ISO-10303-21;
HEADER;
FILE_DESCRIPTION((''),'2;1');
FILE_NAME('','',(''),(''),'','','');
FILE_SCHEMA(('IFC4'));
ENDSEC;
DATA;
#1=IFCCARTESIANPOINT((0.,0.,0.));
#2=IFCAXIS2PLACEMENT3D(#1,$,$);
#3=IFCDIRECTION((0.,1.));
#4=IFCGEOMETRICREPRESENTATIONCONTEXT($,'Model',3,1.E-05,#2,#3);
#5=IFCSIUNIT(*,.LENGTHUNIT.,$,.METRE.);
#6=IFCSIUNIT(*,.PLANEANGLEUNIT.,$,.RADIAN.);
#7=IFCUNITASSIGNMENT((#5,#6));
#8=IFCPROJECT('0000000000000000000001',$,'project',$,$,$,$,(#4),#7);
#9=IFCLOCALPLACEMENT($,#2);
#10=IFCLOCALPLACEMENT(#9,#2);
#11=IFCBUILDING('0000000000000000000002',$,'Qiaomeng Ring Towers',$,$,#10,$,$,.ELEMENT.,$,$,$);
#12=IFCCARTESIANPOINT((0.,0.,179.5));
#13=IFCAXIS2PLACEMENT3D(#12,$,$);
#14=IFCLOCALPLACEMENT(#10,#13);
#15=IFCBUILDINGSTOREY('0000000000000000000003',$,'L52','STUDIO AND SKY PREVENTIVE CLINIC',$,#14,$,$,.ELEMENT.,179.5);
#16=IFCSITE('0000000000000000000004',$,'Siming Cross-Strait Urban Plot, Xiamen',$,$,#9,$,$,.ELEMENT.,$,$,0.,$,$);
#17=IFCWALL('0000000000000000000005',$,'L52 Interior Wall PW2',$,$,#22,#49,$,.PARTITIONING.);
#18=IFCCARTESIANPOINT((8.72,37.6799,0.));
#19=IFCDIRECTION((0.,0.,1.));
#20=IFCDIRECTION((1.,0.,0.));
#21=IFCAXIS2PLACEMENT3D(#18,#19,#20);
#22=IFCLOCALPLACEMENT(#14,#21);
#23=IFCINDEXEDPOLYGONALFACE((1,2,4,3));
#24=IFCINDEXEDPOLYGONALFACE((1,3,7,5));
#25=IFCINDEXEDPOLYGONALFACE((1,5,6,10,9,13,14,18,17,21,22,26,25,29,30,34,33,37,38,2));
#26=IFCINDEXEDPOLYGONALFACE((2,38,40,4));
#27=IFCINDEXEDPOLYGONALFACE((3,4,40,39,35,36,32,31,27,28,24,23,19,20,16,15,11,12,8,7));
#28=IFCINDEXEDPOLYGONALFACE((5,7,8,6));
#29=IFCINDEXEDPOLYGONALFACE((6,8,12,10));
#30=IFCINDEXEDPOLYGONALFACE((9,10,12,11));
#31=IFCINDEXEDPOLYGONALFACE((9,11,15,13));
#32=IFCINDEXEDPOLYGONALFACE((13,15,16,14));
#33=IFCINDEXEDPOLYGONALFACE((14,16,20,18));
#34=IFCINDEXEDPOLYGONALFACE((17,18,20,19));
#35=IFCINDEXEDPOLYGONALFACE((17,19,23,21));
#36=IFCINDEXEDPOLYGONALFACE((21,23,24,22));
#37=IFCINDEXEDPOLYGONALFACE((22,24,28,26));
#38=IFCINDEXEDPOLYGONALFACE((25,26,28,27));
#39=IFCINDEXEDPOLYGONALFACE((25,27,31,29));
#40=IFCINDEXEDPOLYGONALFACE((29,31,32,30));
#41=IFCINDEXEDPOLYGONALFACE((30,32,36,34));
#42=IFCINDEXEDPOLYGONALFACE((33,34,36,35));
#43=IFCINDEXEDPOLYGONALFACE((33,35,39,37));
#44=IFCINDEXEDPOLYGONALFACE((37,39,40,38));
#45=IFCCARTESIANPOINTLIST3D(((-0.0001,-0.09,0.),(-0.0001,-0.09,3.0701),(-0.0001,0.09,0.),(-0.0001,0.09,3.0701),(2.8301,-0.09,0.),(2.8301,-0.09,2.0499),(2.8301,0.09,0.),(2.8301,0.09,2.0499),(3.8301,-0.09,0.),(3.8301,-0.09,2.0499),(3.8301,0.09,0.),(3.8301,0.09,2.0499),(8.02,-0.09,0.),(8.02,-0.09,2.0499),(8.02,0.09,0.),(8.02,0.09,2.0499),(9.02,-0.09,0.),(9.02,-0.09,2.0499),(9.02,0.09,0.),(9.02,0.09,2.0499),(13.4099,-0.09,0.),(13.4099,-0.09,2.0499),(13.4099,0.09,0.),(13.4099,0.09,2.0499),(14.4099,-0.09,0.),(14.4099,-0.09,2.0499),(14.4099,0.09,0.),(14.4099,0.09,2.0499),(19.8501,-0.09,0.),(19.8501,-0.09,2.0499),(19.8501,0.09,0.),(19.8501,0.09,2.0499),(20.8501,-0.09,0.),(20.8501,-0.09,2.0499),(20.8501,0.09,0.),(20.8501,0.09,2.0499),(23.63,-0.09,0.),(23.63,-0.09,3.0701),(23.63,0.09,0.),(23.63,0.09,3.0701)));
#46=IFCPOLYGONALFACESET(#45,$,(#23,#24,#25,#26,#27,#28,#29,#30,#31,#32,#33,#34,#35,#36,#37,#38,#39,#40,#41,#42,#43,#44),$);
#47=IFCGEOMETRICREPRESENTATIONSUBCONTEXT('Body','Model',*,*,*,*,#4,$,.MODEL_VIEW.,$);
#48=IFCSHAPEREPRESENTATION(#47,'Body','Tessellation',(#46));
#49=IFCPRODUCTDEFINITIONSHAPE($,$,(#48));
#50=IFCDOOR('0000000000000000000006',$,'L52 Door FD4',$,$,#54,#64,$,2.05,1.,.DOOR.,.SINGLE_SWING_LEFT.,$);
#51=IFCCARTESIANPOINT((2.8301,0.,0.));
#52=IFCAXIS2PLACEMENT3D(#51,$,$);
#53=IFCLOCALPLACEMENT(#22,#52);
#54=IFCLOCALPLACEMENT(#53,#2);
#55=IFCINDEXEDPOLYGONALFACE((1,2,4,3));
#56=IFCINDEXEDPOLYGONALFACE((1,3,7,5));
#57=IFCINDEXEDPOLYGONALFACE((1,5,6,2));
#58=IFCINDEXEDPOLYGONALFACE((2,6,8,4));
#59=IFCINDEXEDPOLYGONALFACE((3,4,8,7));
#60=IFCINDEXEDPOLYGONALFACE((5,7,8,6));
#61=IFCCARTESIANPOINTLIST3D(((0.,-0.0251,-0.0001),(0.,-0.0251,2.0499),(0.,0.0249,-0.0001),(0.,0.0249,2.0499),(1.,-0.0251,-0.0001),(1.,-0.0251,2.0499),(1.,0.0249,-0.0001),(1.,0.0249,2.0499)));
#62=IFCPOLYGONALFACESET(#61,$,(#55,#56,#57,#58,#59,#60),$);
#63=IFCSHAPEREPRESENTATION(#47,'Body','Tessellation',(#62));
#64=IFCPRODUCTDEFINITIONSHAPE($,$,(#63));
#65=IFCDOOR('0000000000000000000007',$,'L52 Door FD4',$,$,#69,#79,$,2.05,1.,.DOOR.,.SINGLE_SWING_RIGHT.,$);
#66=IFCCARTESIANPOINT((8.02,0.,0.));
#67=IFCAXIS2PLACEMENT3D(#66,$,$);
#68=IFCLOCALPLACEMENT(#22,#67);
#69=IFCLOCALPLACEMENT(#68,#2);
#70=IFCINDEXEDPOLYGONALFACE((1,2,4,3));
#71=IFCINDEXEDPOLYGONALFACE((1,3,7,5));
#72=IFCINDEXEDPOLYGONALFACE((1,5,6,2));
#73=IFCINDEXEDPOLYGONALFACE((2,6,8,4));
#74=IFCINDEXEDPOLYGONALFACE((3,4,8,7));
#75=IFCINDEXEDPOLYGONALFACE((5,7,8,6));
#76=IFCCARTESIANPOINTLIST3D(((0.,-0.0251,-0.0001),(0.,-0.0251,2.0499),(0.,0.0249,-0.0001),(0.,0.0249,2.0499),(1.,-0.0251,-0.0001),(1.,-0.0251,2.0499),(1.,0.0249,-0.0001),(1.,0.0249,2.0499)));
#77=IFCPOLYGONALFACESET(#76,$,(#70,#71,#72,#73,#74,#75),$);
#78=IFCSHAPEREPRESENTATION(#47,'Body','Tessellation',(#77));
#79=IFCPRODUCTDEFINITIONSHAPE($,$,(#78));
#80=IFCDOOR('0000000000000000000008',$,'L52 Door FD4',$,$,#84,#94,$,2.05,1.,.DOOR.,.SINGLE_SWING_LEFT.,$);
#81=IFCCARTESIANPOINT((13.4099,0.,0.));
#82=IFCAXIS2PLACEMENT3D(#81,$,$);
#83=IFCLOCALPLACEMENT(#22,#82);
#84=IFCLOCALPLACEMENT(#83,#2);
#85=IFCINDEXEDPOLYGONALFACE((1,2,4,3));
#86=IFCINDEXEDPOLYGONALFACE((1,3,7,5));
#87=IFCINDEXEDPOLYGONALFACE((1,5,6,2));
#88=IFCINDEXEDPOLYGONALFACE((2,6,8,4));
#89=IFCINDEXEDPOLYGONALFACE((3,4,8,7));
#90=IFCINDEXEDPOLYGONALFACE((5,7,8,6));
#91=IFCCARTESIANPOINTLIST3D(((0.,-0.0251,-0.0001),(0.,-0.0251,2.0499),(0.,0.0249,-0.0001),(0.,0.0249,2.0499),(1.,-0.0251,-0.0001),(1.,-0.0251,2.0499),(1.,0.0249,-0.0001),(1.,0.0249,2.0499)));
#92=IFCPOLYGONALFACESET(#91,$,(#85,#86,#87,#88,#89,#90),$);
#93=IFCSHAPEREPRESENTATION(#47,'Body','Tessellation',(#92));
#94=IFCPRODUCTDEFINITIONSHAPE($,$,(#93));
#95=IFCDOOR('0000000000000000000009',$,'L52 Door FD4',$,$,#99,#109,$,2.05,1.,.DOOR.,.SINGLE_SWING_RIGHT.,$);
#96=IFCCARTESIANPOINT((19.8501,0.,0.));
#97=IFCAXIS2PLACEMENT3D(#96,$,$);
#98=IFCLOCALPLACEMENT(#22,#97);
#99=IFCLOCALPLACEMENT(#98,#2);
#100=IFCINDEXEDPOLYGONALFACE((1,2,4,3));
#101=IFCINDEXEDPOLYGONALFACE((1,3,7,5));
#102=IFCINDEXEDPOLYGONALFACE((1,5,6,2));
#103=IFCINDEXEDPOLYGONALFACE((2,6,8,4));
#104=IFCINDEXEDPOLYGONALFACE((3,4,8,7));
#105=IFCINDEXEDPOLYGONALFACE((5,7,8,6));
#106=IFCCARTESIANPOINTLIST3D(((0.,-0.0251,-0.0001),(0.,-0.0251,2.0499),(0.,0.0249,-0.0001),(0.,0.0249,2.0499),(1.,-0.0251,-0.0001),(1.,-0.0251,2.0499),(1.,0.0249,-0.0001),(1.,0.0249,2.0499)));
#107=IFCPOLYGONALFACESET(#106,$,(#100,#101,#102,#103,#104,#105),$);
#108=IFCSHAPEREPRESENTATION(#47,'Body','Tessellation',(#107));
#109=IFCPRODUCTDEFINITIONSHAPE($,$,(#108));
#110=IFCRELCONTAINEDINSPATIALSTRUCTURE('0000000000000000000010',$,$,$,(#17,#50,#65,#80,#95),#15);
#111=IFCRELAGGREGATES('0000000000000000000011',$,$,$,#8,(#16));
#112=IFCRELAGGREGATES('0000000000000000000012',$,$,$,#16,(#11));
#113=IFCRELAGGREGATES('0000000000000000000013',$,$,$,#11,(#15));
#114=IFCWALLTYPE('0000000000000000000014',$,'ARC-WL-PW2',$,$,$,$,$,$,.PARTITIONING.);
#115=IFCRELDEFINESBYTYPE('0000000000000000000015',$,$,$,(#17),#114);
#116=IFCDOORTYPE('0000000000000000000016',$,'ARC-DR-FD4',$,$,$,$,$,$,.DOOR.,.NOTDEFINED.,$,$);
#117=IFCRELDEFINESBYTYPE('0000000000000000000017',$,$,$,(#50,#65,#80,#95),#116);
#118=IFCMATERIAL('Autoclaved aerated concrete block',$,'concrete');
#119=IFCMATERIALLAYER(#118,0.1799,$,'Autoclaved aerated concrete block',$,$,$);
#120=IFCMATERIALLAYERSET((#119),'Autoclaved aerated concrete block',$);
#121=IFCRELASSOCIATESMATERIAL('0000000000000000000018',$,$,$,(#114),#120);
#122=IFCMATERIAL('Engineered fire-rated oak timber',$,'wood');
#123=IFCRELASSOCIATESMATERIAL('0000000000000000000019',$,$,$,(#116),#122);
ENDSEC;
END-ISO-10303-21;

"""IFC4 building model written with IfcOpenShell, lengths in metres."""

from ifc_helpers import new_model, si_unit, direction, frame, frame_2d, origin, place, context, subcontext, project, spatial, rectangle, extrude, source, transform, mapped, material, layer, layer_set, type_object, element, fill, save


model = new_model("IFC4")

# Units and contexts
model_context = context("Model", 3, precision=1e-05, world=origin(), true_north=direction((0.0, 1.0)))
body_context = subcontext(model_context, "Body", "Model", "MODEL_VIEW")
ifc_project = project(units=[si_unit("LENGTHUNIT", "METRE"), si_unit("PLANEANGLEUNIT", "RADIAN")], contexts=[model_context])

# Site, building, storey
site_placement = place(None, origin())
site = spatial("IfcSite", under=ifc_project, at=site_placement, Name="Siming Cross-Strait Urban Plot, Xiamen", CompositionType="ELEMENT", RefElevation=0.0)
building_placement = place(site_placement, origin())
building = spatial("IfcBuilding", under=site, at=building_placement, Name="Qiaomeng Ring Towers", CompositionType="ELEMENT")
storey_placement = place(building_placement, frame((0.0, 0.0, 179.5)))
storey = spatial("IfcBuildingStorey", under=building, at=storey_placement, Name="L52", Description="STUDIO AND SKY PREVENTIVE CLINIC", CompositionType="ELEMENT", Elevation=179.5)

# Shared definitions
ifc_material_1 = material(Name="Autoclaved aerated concrete block", Category="concrete")

# Wall, openings, doors
ifc_layer_1 = layer(ifc_material_1, 0.1799, Name="Autoclaved aerated concrete block")
ifc_layer_set_1 = layer_set([ifc_layer_1], Name="Autoclaved aerated concrete block")
wall_type_1 = type_object("IfcWallType", Name="ARC-WL-PW2", PredefinedType="PARTITIONING", material=ifc_layer_set_1)
wall_1_placement = place(storey_placement, frame((8.72, 37.6799, 0.0), z_axis=(0.0, 0.0, 1.0), x_axis=(1.0, 0.0, 0.0)))
wall_1 = element("IfcWall", 1, at=wall_1_placement, inside=storey, type_object=wall_type_1, Name="L52 Interior Wall PW2", PredefinedType="PARTITIONING", context=body_context, shape_type="SweptSolid", body=[
    extrude(rectangle(XDim=23.6301, YDim=0.1799, at=frame_2d((11.8149, 0.0))), origin(), (0.0, 0.0, 1.0), 3.0701),
])
opening_1_placement = place(wall_1_placement, frame((2.8301, 0.0, 0.0)))
opening_1 = element("IfcOpeningElement", 2, at=opening_1_placement, cuts=wall_1, PredefinedType="OPENING", context=body_context, shape_type="SweptSolid", body=[
    extrude(rectangle(XDim=1.0, YDim=2.05, at=frame_2d((0.5, 1.0249))), frame((0.0, 0.0999, 0.0), z_axis=(0.0, -1.0, 0.0), x_axis=(1.0, 0.0, 0.0)), (0.0, 0.0, 1.0), 0.2),
])
opening_2_placement = place(wall_1_placement, frame((8.02, 0.0, 0.0)))
opening_2 = element("IfcOpeningElement", 3, at=opening_2_placement, cuts=wall_1, PredefinedType="OPENING", context=body_context, shape_type="SweptSolid", body=[
    extrude(rectangle(XDim=1.0, YDim=2.05, at=frame_2d((0.5, 1.0249))), frame((0.0, 0.0999, 0.0), z_axis=(0.0, -1.0, 0.0), x_axis=(1.0, 0.0, 0.0)), (0.0, 0.0, 1.0), 0.2),
])
opening_3_placement = place(wall_1_placement, frame((13.4099, 0.0, 0.0)))
opening_3 = element("IfcOpeningElement", 4, at=opening_3_placement, cuts=wall_1, PredefinedType="OPENING", context=body_context, shape_type="SweptSolid", body=[
    extrude(rectangle(XDim=1.0, YDim=2.05, at=frame_2d((0.5, 1.0249))), frame((0.0, 0.0999, 0.0), z_axis=(0.0, -1.0, 0.0), x_axis=(1.0, 0.0, 0.0)), (0.0, 0.0, 1.0), 0.2),
])
opening_4_placement = place(wall_1_placement, frame((19.8501, 0.0, 0.0)))
opening_4 = element("IfcOpeningElement", 5, at=opening_4_placement, cuts=wall_1, PredefinedType="OPENING", context=body_context, shape_type="SweptSolid", body=[
    extrude(rectangle(XDim=1.0, YDim=2.05, at=frame_2d((0.5, 1.0249))), frame((0.0, 0.0999, 0.0), z_axis=(0.0, -1.0, 0.0), x_axis=(1.0, 0.0, 0.0)), (0.0, 0.0, 1.0), 0.2),
])
ifc_material_2 = material(Name="Engineered fire-rated oak timber", Category="wood")
door_type_1 = type_object("IfcDoorType", Name="ARC-DR-FD4", OperationType="NOTDEFINED", PredefinedType="DOOR", material=ifc_material_2)
shared_shape_1 = source(origin(), body_context, "Body", "SweptSolid", [
    extrude(rectangle(XDim=1.0, YDim=2.05, at=frame_2d((0.5, 1.0249))), frame((0.0, 0.0249, 0.0), z_axis=(0.0, -1.0, 0.0), x_axis=(1.0, 0.0, 0.0)), (0.0, 0.0, 1.0), 0.05),
])
door_1_placement = place(opening_1_placement, origin())
door_1 = element("IfcDoor", 6, at=door_1_placement, inside=storey, type_object=door_type_1, Name="L52 Door FD4", OperationType="SINGLE_SWING_LEFT", OverallHeight=2.05, OverallWidth=1.0, PredefinedType="DOOR", context=body_context, shape_type="MappedRepresentation", body=[
    mapped(shared_shape_1, transform((0.0, 0.0, 0.0), x_axis=(1.0, 0.0, 0.0), y_axis=(0.0, 1.0, 0.0), z_axis=(0.0, 0.0, 1.0), scale=1.0)),
])
fill(opening_1, door_1)
door_2_placement = place(opening_2_placement, origin())
door_2 = element("IfcDoor", 7, at=door_2_placement, inside=storey, type_object=door_type_1, Name="L52 Door FD4", OperationType="SINGLE_SWING_RIGHT", OverallHeight=2.05, OverallWidth=1.0, PredefinedType="DOOR", context=body_context, shape_type="MappedRepresentation", body=[
    mapped(shared_shape_1, transform((0.0, 0.0, 0.0), x_axis=(1.0, 0.0, 0.0), y_axis=(0.0, 1.0, 0.0), z_axis=(0.0, 0.0, 1.0), scale=1.0)),
])
fill(opening_2, door_2)
door_3_placement = place(opening_3_placement, origin())
door_3 = element("IfcDoor", 8, at=door_3_placement, inside=storey, type_object=door_type_1, Name="L52 Door FD4", OperationType="SINGLE_SWING_LEFT", OverallHeight=2.05, OverallWidth=1.0, PredefinedType="DOOR", context=body_context, shape_type="MappedRepresentation", body=[
    mapped(shared_shape_1, transform((0.0, 0.0, 0.0), x_axis=(1.0, 0.0, 0.0), y_axis=(0.0, 1.0, 0.0), z_axis=(0.0, 0.0, 1.0), scale=1.0)),
])
fill(opening_3, door_3)
door_4_placement = place(opening_4_placement, origin())
door_4 = element("IfcDoor", 9, at=door_4_placement, inside=storey, type_object=door_type_1, Name="L52 Door FD4", OperationType="SINGLE_SWING_RIGHT", OverallHeight=2.05, OverallWidth=1.0, PredefinedType="DOOR", context=body_context, shape_type="MappedRepresentation", body=[
    mapped(shared_shape_1, transform((0.0, 0.0, 0.0), x_axis=(1.0, 0.0, 0.0), y_axis=(0.0, 1.0, 0.0), z_axis=(0.0, 0.0, 1.0), scale=1.0)),
])
fill(opening_4, door_4)

save(model, "model.ifc")
